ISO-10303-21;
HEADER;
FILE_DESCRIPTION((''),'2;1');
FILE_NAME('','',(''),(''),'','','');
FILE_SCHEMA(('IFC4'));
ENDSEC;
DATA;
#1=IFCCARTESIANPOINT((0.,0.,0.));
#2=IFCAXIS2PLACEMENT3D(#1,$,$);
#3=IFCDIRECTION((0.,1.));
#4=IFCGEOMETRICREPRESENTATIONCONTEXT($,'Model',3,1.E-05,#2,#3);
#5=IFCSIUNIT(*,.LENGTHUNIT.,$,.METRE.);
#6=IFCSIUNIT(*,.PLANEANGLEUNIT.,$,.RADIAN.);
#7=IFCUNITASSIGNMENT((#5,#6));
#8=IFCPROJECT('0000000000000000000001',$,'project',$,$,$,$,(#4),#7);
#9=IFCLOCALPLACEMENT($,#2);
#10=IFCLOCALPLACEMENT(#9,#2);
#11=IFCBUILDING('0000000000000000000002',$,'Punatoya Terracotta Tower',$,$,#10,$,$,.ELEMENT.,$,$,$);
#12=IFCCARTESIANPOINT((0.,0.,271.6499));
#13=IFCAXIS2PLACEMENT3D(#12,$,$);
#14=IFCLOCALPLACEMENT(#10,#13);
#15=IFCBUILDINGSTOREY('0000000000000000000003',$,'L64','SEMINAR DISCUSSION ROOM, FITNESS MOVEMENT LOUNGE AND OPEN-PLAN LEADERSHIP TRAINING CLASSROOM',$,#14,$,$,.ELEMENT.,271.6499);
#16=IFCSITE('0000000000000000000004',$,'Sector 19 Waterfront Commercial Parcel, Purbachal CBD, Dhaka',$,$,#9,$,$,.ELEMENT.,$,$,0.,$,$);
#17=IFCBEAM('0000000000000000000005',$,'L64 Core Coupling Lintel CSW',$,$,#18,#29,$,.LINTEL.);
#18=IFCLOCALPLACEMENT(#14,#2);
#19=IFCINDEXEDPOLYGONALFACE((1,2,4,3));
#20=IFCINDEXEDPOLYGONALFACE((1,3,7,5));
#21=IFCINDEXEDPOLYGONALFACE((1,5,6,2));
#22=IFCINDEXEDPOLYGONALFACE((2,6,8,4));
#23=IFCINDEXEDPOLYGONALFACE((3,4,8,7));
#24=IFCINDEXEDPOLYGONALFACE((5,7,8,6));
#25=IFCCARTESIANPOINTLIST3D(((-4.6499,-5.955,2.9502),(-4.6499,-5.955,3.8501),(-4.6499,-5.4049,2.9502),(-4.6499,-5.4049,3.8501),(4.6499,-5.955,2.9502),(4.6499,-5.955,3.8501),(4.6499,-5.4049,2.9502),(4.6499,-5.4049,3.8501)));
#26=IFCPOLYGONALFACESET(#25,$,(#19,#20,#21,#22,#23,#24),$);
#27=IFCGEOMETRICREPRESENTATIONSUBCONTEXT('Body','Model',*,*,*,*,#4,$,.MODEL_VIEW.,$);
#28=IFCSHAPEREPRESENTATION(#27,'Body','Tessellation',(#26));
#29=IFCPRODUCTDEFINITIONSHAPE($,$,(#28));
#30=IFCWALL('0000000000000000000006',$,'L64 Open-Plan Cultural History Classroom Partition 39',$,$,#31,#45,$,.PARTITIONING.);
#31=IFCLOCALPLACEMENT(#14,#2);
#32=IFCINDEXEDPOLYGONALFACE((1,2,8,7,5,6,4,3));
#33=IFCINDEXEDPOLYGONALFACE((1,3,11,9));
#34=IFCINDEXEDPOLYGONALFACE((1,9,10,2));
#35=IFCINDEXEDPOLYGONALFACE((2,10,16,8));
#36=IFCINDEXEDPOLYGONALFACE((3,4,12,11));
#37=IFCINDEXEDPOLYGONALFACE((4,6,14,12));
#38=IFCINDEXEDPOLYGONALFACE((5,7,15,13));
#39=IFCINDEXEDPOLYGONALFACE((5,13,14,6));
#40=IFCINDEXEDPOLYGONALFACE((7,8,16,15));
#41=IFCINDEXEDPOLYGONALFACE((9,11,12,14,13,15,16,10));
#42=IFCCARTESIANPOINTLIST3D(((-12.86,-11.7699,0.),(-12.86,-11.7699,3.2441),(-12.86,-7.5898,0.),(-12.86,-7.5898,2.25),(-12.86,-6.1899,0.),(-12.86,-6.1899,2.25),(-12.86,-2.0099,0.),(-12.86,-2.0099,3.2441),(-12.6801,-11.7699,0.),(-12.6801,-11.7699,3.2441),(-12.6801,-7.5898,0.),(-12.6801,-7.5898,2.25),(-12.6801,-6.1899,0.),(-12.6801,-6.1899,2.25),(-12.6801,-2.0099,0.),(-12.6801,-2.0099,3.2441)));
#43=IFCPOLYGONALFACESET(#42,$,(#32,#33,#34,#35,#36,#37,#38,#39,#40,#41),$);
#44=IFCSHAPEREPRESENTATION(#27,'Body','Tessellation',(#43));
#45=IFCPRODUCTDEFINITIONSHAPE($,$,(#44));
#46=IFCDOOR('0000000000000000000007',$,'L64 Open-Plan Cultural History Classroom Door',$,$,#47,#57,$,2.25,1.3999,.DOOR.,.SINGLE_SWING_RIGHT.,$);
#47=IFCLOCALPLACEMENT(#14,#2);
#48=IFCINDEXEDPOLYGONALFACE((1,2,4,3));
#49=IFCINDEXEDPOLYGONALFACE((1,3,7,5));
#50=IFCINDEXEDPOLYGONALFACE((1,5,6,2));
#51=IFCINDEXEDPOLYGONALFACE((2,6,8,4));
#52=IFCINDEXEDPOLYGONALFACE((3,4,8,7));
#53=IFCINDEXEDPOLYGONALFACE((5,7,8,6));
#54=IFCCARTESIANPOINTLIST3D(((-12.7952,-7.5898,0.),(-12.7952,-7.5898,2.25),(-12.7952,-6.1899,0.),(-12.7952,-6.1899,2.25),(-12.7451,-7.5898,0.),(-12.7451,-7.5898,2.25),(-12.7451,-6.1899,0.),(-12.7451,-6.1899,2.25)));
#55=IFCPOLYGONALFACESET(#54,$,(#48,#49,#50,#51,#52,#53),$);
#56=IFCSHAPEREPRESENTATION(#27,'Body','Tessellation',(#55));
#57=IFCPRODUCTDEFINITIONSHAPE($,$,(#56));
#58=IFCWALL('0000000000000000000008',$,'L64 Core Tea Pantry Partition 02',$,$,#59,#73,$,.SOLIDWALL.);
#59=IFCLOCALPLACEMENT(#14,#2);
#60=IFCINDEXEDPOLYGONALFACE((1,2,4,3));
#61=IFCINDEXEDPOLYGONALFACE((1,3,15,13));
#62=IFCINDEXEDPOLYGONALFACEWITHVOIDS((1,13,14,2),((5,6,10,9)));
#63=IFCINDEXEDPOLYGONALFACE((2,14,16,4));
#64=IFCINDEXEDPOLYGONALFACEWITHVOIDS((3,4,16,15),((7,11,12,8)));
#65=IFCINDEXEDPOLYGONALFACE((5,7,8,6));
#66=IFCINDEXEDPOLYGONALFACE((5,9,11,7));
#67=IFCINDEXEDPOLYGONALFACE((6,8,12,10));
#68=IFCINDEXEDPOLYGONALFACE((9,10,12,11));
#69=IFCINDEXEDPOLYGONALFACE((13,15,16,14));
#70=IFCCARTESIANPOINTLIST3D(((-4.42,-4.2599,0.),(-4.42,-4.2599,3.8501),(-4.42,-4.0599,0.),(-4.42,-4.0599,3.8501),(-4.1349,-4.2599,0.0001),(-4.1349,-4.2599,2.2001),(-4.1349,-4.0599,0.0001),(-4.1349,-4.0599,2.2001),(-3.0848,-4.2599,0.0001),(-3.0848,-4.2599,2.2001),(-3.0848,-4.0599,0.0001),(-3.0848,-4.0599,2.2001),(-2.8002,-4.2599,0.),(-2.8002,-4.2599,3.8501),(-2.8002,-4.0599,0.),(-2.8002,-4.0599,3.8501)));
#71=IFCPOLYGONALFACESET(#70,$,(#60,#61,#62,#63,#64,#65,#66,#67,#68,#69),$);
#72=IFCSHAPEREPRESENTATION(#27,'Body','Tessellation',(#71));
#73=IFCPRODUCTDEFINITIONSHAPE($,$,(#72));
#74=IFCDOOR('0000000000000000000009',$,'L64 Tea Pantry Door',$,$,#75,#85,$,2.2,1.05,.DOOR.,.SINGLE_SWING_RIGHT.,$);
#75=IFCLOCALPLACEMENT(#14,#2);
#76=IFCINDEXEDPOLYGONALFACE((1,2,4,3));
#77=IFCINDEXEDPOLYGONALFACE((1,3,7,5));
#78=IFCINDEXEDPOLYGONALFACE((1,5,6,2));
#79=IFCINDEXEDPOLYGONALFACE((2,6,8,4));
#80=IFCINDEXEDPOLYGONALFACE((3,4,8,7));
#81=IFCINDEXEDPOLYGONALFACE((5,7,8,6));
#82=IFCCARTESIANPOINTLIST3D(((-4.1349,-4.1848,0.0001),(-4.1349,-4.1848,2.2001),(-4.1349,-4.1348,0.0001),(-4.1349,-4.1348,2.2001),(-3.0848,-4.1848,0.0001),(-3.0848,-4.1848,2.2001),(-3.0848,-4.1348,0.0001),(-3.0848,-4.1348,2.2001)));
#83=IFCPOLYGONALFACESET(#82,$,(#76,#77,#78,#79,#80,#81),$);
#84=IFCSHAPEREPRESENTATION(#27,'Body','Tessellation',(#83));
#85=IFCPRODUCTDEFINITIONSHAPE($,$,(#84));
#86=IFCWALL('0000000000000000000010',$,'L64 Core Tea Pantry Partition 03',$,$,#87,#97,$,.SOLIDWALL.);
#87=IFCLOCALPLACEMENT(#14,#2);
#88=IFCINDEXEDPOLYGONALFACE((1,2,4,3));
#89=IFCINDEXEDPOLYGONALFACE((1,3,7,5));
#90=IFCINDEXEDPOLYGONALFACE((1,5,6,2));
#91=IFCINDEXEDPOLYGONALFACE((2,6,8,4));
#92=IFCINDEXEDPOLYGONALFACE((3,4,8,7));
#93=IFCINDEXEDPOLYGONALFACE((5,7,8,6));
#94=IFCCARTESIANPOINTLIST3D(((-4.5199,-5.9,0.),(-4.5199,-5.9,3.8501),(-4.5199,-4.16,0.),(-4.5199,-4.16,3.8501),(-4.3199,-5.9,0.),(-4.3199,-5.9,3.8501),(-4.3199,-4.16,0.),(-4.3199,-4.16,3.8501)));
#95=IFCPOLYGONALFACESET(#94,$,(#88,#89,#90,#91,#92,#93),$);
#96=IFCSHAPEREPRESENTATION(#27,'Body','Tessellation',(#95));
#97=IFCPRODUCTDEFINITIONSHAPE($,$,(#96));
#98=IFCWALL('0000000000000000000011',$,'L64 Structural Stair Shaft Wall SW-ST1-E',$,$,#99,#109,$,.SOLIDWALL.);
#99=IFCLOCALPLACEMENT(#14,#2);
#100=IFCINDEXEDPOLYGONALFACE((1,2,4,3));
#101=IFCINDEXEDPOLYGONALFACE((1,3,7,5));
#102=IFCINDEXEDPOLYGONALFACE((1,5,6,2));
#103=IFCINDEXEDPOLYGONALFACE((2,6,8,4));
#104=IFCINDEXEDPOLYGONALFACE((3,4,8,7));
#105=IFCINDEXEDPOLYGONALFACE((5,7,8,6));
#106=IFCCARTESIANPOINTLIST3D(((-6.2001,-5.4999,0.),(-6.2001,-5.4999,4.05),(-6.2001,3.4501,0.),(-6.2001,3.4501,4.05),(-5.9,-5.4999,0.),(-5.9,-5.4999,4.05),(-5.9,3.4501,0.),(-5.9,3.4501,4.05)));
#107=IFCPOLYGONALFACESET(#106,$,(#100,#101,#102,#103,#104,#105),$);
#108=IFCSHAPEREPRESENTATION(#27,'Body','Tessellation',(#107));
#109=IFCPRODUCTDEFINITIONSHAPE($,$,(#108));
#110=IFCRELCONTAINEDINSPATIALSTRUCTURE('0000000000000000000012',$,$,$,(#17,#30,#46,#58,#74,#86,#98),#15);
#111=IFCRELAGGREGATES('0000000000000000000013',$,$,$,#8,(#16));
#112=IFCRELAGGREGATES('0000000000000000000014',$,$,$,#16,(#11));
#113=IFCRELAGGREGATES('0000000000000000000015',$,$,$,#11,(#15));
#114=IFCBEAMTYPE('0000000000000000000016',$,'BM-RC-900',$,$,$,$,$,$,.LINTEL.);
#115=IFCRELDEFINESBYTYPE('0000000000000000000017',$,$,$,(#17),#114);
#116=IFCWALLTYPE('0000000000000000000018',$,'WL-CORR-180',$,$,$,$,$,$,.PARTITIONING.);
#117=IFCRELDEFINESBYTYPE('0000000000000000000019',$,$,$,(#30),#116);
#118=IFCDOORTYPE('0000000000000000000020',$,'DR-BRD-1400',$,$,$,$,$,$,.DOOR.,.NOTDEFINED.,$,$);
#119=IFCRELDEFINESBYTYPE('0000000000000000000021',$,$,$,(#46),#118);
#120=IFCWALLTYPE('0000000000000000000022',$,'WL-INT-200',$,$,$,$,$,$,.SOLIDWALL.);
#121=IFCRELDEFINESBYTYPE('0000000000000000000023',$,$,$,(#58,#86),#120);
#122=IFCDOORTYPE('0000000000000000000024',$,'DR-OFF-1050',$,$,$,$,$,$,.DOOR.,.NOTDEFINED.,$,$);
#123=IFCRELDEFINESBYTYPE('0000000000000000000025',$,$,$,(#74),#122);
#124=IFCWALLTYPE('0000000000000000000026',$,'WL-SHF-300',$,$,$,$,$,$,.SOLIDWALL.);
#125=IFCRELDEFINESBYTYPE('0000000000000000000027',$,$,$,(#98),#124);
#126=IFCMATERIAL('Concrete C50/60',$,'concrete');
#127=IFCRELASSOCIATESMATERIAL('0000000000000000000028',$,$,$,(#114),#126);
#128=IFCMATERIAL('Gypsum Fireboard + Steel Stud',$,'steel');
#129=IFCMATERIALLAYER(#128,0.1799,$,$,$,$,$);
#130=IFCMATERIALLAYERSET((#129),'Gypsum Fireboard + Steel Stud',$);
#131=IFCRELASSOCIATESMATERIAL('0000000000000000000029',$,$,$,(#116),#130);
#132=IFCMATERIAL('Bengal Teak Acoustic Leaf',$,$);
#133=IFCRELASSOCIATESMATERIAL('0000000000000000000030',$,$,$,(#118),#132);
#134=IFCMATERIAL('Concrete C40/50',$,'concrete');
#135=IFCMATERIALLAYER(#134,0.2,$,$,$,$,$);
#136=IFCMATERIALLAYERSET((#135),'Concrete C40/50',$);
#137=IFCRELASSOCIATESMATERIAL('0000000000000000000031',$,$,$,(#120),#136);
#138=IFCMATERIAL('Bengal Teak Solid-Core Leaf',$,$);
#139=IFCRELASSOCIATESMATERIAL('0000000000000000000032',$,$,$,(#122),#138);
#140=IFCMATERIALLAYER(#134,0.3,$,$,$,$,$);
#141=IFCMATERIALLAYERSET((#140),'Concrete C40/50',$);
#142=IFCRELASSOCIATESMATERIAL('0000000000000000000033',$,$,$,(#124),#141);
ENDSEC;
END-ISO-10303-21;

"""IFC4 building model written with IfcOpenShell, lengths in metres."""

from ifc_helpers import new_model, si_unit, direction, frame, frame_2d, origin, origin_2d, place, context, subcontext, project, spatial, rectangle, extrude, material, layer, layer_set, material_profile, profile_set, type_object, element, fill, save


model = new_model("IFC4")

# Units and contexts
model_context = context("Model", 3, precision=1e-05, world=origin(), true_north=direction((0.0, 1.0)))
body_context = subcontext(model_context, "Body", "Model", "MODEL_VIEW")
ifc_project = project(units=[si_unit("LENGTHUNIT", "METRE"), si_unit("PLANEANGLEUNIT", "RADIAN")], contexts=[model_context])

# Site, building, storey
site_placement = place(None, origin())
site = spatial("IfcSite", under=ifc_project, at=site_placement, Name="Sector 19 Waterfront Commercial Parcel, Purbachal CBD, Dhaka", CompositionType="ELEMENT", RefElevation=0.0)
building_placement = place(site_placement, origin())
building = spatial("IfcBuilding", under=site, at=building_placement, Name="Punatoya Terracotta Tower", CompositionType="ELEMENT")
storey_placement = place(building_placement, frame((0.0, 0.0, 271.6499)))
storey = spatial("IfcBuildingStorey", under=building, at=storey_placement, Name="L64", Description="SEMINAR DISCUSSION ROOM, FITNESS MOVEMENT LOUNGE AND OPEN-PLAN LEADERSHIP TRAINING CLASSROOM", CompositionType="ELEMENT", Elevation=271.6499)

# Beam
ifc_material_1 = material(Name="Concrete C50/60", Category="concrete")
ifc_material_profile = material_profile(ifc_material_1, rectangle(XDim=0.55, YDim=0.8999, at=origin_2d()))
ifc_profile_set = profile_set([ifc_material_profile], Name="Concrete C50/60")
beam_type = type_object("IfcBeamType", Name="BM-RC-900", PredefinedType="LINTEL", material=ifc_profile_set)
beam_placement = place(storey_placement, frame((-4.6499, -5.6799, 3.4001), z_axis=(1.0, 0.0, 0.0), x_axis=(0.0, 1.0, 0.0)))
element("IfcBeam", 1, at=beam_placement, inside=storey, type_object=beam_type, Name="L64 Core Coupling Lintel CSW", PredefinedType="LINTEL", context=body_context, shape_type="SweptSolid", body=[
    extrude(rectangle(XDim=0.55, YDim=0.8999, at=origin_2d()), origin(), (0.0, 0.0, 1.0), 9.2998),
])

# Walls, openings, doors
ifc_material_2 = material(Name="Gypsum Fireboard + Steel Stud", Category="steel")
ifc_layer_1 = layer(ifc_material_2, 0.1799)
ifc_layer_set_1 = layer_set([ifc_layer_1], Name="Gypsum Fireboard + Steel Stud")
wall_type_1 = type_object("IfcWallType", Name="WL-CORR-180", PredefinedType="PARTITIONING", material=ifc_layer_set_1)
wall_1_placement = place(storey_placement, frame((-12.77, -2.01, 0.0), z_axis=(0.0, 0.0, 1.0), x_axis=(0.0, -1.0, 0.0)))
wall_1 = element("IfcWall", 2, at=wall_1_placement, inside=storey, type_object=wall_type_1, Name="L64 Open-Plan Cultural History Classroom Partition 39", PredefinedType="PARTITIONING", context=body_context, shape_type="SweptSolid", body=[
    extrude(rectangle(XDim=9.76, YDim=0.1799, at=frame_2d((4.8799, 0.0))), origin(), (0.0, 0.0, 1.0), 3.2441),
])
opening_1_placement = place(wall_1_placement, frame((4.1799, 0.0, 0.0)))
opening_1 = element("IfcOpeningElement", 3, at=opening_1_placement, cuts=wall_1, PredefinedType="OPENING", context=body_context, shape_type="SweptSolid", body=[
    extrude(rectangle(XDim=1.3999, YDim=2.25, at=frame_2d((0.7, 1.125))), frame((0.0, 0.0999, 0.0), z_axis=(0.0, -1.0, 0.0), x_axis=(1.0, 0.0, 0.0)), (0.0, 0.0, 1.0), 0.2),
])
ifc_material_3 = material(Name="Bengal Teak Acoustic Leaf")
door_type_1 = type_object("IfcDoorType", Name="DR-BRD-1400", OperationType="NOTDEFINED", PredefinedType="DOOR", material=ifc_material_3)
door_1_placement = place(opening_1_placement, origin())
door_1 = element("IfcDoor", 4, at=door_1_placement, inside=storey, type_object=door_type_1, Name="L64 Open-Plan Cultural History Classroom Door", OperationType="SINGLE_SWING_RIGHT", OverallHeight=2.25, OverallWidth=1.3999, PredefinedType="DOOR", context=body_context, shape_type="SweptSolid", body=[
    extrude(rectangle(XDim=1.3999, YDim=2.25, at=frame_2d((0.7, 1.125))), frame((0.0, 0.0249, 0.0), z_axis=(0.0, -1.0, 0.0), x_axis=(1.0, 0.0, 0.0)), (0.0, 0.0, 1.0), 0.05),
])
fill(opening_1, door_1)
ifc_material_4 = material(Name="Concrete C40/50", Category="concrete")
ifc_layer_2 = layer(ifc_material_4, 0.2)
ifc_layer_set_2 = layer_set([ifc_layer_2], Name="Concrete C40/50")
wall_type_2 = type_object("IfcWallType", Name="WL-INT-200", PredefinedType="SOLIDWALL", material=ifc_layer_set_2)
wall_2_placement = place(storey_placement, frame((-2.8, -4.1599, 0.0), z_axis=(0.0, 0.0, 1.0), x_axis=(-1.0, 0.0, 0.0)))
wall_2 = element("IfcWall", 5, at=wall_2_placement, inside=storey, type_object=wall_type_2, Name="L64 Core Tea Pantry Partition 02", PredefinedType="SOLIDWALL", context=body_context, shape_type="SweptSolid", body=[
    extrude(rectangle(XDim=1.6199, YDim=0.2, at=frame_2d((0.8101, 0.0))), origin(), (0.0, 0.0, 1.0), 3.8501),
])
opening_2_placement = place(wall_2_placement, frame((0.2849, 0.0, 0.0)))
opening_2 = element("IfcOpeningElement", 6, at=opening_2_placement, cuts=wall_2, PredefinedType="OPENING", context=body_context, shape_type="SweptSolid", body=[
    extrude(rectangle(XDim=1.05, YDim=2.2, at=frame_2d((0.5249, 1.1001))), frame((0.0, 0.1099, 0.0), z_axis=(0.0, -1.0, 0.0), x_axis=(1.0, 0.0, 0.0)), (0.0, 0.0, 1.0), 0.22),
])
ifc_material_5 = material(Name="Bengal Teak Solid-Core Leaf")
door_type_2 = type_object("IfcDoorType", Name="DR-OFF-1050", OperationType="NOTDEFINED", PredefinedType="DOOR", material=ifc_material_5)
door_2_placement = place(opening_2_placement, origin())
door_2 = element("IfcDoor", 7, at=door_2_placement, inside=storey, type_object=door_type_2, Name="L64 Tea Pantry Door", OperationType="SINGLE_SWING_RIGHT", OverallHeight=2.2, OverallWidth=1.05, PredefinedType="DOOR", context=body_context, shape_type="SweptSolid", body=[
    extrude(rectangle(XDim=1.05, YDim=2.2, at=frame_2d((0.5249, 1.1001))), frame((0.0, 0.0249, 0.0), z_axis=(0.0, -1.0, 0.0), x_axis=(1.0, 0.0, 0.0)), (0.0, 0.0, 1.0), 0.05),
])
fill(opening_2, door_2)

# Wall
wall_3_placement = place(storey_placement, frame((-4.4199, -4.1599, 0.0), z_axis=(0.0, 0.0, 1.0), x_axis=(0.0, -1.0, 0.0)))
element("IfcWall", 8, at=wall_3_placement, inside=storey, type_object=wall_type_2, Name="L64 Core Tea Pantry Partition 03", PredefinedType="SOLIDWALL", context=body_context, shape_type="SweptSolid", body=[
    extrude(rectangle(XDim=1.74, YDim=0.2, at=frame_2d((0.8701, 0.0))), origin(), (0.0, 0.0, 1.0), 3.8501),
])

# Wall
ifc_layer_3 = layer(ifc_material_4, 0.3)
ifc_layer_set_3 = layer_set([ifc_layer_3], Name="Concrete C40/50")
wall_type_3 = type_object("IfcWallType", Name="WL-SHF-300", PredefinedType="SOLIDWALL", material=ifc_layer_set_3)
wall_4_placement = place(storey_placement, frame((-6.05, -5.5, 0.0), z_axis=(0.0, 0.0, 1.0), x_axis=(0.0, 1.0, 0.0)))
element("IfcWall", 9, at=wall_4_placement, inside=storey, type_object=wall_type_3, Name="L64 Structural Stair Shaft Wall SW-ST1-E", PredefinedType="SOLIDWALL", context=body_context, shape_type="SweptSolid", body=[
    extrude(rectangle(XDim=8.95, YDim=0.3, at=frame_2d((4.4751, 0.0))), origin(), (0.0, 0.0, 1.0), 4.05),
])

save(model, "model.ifc")
